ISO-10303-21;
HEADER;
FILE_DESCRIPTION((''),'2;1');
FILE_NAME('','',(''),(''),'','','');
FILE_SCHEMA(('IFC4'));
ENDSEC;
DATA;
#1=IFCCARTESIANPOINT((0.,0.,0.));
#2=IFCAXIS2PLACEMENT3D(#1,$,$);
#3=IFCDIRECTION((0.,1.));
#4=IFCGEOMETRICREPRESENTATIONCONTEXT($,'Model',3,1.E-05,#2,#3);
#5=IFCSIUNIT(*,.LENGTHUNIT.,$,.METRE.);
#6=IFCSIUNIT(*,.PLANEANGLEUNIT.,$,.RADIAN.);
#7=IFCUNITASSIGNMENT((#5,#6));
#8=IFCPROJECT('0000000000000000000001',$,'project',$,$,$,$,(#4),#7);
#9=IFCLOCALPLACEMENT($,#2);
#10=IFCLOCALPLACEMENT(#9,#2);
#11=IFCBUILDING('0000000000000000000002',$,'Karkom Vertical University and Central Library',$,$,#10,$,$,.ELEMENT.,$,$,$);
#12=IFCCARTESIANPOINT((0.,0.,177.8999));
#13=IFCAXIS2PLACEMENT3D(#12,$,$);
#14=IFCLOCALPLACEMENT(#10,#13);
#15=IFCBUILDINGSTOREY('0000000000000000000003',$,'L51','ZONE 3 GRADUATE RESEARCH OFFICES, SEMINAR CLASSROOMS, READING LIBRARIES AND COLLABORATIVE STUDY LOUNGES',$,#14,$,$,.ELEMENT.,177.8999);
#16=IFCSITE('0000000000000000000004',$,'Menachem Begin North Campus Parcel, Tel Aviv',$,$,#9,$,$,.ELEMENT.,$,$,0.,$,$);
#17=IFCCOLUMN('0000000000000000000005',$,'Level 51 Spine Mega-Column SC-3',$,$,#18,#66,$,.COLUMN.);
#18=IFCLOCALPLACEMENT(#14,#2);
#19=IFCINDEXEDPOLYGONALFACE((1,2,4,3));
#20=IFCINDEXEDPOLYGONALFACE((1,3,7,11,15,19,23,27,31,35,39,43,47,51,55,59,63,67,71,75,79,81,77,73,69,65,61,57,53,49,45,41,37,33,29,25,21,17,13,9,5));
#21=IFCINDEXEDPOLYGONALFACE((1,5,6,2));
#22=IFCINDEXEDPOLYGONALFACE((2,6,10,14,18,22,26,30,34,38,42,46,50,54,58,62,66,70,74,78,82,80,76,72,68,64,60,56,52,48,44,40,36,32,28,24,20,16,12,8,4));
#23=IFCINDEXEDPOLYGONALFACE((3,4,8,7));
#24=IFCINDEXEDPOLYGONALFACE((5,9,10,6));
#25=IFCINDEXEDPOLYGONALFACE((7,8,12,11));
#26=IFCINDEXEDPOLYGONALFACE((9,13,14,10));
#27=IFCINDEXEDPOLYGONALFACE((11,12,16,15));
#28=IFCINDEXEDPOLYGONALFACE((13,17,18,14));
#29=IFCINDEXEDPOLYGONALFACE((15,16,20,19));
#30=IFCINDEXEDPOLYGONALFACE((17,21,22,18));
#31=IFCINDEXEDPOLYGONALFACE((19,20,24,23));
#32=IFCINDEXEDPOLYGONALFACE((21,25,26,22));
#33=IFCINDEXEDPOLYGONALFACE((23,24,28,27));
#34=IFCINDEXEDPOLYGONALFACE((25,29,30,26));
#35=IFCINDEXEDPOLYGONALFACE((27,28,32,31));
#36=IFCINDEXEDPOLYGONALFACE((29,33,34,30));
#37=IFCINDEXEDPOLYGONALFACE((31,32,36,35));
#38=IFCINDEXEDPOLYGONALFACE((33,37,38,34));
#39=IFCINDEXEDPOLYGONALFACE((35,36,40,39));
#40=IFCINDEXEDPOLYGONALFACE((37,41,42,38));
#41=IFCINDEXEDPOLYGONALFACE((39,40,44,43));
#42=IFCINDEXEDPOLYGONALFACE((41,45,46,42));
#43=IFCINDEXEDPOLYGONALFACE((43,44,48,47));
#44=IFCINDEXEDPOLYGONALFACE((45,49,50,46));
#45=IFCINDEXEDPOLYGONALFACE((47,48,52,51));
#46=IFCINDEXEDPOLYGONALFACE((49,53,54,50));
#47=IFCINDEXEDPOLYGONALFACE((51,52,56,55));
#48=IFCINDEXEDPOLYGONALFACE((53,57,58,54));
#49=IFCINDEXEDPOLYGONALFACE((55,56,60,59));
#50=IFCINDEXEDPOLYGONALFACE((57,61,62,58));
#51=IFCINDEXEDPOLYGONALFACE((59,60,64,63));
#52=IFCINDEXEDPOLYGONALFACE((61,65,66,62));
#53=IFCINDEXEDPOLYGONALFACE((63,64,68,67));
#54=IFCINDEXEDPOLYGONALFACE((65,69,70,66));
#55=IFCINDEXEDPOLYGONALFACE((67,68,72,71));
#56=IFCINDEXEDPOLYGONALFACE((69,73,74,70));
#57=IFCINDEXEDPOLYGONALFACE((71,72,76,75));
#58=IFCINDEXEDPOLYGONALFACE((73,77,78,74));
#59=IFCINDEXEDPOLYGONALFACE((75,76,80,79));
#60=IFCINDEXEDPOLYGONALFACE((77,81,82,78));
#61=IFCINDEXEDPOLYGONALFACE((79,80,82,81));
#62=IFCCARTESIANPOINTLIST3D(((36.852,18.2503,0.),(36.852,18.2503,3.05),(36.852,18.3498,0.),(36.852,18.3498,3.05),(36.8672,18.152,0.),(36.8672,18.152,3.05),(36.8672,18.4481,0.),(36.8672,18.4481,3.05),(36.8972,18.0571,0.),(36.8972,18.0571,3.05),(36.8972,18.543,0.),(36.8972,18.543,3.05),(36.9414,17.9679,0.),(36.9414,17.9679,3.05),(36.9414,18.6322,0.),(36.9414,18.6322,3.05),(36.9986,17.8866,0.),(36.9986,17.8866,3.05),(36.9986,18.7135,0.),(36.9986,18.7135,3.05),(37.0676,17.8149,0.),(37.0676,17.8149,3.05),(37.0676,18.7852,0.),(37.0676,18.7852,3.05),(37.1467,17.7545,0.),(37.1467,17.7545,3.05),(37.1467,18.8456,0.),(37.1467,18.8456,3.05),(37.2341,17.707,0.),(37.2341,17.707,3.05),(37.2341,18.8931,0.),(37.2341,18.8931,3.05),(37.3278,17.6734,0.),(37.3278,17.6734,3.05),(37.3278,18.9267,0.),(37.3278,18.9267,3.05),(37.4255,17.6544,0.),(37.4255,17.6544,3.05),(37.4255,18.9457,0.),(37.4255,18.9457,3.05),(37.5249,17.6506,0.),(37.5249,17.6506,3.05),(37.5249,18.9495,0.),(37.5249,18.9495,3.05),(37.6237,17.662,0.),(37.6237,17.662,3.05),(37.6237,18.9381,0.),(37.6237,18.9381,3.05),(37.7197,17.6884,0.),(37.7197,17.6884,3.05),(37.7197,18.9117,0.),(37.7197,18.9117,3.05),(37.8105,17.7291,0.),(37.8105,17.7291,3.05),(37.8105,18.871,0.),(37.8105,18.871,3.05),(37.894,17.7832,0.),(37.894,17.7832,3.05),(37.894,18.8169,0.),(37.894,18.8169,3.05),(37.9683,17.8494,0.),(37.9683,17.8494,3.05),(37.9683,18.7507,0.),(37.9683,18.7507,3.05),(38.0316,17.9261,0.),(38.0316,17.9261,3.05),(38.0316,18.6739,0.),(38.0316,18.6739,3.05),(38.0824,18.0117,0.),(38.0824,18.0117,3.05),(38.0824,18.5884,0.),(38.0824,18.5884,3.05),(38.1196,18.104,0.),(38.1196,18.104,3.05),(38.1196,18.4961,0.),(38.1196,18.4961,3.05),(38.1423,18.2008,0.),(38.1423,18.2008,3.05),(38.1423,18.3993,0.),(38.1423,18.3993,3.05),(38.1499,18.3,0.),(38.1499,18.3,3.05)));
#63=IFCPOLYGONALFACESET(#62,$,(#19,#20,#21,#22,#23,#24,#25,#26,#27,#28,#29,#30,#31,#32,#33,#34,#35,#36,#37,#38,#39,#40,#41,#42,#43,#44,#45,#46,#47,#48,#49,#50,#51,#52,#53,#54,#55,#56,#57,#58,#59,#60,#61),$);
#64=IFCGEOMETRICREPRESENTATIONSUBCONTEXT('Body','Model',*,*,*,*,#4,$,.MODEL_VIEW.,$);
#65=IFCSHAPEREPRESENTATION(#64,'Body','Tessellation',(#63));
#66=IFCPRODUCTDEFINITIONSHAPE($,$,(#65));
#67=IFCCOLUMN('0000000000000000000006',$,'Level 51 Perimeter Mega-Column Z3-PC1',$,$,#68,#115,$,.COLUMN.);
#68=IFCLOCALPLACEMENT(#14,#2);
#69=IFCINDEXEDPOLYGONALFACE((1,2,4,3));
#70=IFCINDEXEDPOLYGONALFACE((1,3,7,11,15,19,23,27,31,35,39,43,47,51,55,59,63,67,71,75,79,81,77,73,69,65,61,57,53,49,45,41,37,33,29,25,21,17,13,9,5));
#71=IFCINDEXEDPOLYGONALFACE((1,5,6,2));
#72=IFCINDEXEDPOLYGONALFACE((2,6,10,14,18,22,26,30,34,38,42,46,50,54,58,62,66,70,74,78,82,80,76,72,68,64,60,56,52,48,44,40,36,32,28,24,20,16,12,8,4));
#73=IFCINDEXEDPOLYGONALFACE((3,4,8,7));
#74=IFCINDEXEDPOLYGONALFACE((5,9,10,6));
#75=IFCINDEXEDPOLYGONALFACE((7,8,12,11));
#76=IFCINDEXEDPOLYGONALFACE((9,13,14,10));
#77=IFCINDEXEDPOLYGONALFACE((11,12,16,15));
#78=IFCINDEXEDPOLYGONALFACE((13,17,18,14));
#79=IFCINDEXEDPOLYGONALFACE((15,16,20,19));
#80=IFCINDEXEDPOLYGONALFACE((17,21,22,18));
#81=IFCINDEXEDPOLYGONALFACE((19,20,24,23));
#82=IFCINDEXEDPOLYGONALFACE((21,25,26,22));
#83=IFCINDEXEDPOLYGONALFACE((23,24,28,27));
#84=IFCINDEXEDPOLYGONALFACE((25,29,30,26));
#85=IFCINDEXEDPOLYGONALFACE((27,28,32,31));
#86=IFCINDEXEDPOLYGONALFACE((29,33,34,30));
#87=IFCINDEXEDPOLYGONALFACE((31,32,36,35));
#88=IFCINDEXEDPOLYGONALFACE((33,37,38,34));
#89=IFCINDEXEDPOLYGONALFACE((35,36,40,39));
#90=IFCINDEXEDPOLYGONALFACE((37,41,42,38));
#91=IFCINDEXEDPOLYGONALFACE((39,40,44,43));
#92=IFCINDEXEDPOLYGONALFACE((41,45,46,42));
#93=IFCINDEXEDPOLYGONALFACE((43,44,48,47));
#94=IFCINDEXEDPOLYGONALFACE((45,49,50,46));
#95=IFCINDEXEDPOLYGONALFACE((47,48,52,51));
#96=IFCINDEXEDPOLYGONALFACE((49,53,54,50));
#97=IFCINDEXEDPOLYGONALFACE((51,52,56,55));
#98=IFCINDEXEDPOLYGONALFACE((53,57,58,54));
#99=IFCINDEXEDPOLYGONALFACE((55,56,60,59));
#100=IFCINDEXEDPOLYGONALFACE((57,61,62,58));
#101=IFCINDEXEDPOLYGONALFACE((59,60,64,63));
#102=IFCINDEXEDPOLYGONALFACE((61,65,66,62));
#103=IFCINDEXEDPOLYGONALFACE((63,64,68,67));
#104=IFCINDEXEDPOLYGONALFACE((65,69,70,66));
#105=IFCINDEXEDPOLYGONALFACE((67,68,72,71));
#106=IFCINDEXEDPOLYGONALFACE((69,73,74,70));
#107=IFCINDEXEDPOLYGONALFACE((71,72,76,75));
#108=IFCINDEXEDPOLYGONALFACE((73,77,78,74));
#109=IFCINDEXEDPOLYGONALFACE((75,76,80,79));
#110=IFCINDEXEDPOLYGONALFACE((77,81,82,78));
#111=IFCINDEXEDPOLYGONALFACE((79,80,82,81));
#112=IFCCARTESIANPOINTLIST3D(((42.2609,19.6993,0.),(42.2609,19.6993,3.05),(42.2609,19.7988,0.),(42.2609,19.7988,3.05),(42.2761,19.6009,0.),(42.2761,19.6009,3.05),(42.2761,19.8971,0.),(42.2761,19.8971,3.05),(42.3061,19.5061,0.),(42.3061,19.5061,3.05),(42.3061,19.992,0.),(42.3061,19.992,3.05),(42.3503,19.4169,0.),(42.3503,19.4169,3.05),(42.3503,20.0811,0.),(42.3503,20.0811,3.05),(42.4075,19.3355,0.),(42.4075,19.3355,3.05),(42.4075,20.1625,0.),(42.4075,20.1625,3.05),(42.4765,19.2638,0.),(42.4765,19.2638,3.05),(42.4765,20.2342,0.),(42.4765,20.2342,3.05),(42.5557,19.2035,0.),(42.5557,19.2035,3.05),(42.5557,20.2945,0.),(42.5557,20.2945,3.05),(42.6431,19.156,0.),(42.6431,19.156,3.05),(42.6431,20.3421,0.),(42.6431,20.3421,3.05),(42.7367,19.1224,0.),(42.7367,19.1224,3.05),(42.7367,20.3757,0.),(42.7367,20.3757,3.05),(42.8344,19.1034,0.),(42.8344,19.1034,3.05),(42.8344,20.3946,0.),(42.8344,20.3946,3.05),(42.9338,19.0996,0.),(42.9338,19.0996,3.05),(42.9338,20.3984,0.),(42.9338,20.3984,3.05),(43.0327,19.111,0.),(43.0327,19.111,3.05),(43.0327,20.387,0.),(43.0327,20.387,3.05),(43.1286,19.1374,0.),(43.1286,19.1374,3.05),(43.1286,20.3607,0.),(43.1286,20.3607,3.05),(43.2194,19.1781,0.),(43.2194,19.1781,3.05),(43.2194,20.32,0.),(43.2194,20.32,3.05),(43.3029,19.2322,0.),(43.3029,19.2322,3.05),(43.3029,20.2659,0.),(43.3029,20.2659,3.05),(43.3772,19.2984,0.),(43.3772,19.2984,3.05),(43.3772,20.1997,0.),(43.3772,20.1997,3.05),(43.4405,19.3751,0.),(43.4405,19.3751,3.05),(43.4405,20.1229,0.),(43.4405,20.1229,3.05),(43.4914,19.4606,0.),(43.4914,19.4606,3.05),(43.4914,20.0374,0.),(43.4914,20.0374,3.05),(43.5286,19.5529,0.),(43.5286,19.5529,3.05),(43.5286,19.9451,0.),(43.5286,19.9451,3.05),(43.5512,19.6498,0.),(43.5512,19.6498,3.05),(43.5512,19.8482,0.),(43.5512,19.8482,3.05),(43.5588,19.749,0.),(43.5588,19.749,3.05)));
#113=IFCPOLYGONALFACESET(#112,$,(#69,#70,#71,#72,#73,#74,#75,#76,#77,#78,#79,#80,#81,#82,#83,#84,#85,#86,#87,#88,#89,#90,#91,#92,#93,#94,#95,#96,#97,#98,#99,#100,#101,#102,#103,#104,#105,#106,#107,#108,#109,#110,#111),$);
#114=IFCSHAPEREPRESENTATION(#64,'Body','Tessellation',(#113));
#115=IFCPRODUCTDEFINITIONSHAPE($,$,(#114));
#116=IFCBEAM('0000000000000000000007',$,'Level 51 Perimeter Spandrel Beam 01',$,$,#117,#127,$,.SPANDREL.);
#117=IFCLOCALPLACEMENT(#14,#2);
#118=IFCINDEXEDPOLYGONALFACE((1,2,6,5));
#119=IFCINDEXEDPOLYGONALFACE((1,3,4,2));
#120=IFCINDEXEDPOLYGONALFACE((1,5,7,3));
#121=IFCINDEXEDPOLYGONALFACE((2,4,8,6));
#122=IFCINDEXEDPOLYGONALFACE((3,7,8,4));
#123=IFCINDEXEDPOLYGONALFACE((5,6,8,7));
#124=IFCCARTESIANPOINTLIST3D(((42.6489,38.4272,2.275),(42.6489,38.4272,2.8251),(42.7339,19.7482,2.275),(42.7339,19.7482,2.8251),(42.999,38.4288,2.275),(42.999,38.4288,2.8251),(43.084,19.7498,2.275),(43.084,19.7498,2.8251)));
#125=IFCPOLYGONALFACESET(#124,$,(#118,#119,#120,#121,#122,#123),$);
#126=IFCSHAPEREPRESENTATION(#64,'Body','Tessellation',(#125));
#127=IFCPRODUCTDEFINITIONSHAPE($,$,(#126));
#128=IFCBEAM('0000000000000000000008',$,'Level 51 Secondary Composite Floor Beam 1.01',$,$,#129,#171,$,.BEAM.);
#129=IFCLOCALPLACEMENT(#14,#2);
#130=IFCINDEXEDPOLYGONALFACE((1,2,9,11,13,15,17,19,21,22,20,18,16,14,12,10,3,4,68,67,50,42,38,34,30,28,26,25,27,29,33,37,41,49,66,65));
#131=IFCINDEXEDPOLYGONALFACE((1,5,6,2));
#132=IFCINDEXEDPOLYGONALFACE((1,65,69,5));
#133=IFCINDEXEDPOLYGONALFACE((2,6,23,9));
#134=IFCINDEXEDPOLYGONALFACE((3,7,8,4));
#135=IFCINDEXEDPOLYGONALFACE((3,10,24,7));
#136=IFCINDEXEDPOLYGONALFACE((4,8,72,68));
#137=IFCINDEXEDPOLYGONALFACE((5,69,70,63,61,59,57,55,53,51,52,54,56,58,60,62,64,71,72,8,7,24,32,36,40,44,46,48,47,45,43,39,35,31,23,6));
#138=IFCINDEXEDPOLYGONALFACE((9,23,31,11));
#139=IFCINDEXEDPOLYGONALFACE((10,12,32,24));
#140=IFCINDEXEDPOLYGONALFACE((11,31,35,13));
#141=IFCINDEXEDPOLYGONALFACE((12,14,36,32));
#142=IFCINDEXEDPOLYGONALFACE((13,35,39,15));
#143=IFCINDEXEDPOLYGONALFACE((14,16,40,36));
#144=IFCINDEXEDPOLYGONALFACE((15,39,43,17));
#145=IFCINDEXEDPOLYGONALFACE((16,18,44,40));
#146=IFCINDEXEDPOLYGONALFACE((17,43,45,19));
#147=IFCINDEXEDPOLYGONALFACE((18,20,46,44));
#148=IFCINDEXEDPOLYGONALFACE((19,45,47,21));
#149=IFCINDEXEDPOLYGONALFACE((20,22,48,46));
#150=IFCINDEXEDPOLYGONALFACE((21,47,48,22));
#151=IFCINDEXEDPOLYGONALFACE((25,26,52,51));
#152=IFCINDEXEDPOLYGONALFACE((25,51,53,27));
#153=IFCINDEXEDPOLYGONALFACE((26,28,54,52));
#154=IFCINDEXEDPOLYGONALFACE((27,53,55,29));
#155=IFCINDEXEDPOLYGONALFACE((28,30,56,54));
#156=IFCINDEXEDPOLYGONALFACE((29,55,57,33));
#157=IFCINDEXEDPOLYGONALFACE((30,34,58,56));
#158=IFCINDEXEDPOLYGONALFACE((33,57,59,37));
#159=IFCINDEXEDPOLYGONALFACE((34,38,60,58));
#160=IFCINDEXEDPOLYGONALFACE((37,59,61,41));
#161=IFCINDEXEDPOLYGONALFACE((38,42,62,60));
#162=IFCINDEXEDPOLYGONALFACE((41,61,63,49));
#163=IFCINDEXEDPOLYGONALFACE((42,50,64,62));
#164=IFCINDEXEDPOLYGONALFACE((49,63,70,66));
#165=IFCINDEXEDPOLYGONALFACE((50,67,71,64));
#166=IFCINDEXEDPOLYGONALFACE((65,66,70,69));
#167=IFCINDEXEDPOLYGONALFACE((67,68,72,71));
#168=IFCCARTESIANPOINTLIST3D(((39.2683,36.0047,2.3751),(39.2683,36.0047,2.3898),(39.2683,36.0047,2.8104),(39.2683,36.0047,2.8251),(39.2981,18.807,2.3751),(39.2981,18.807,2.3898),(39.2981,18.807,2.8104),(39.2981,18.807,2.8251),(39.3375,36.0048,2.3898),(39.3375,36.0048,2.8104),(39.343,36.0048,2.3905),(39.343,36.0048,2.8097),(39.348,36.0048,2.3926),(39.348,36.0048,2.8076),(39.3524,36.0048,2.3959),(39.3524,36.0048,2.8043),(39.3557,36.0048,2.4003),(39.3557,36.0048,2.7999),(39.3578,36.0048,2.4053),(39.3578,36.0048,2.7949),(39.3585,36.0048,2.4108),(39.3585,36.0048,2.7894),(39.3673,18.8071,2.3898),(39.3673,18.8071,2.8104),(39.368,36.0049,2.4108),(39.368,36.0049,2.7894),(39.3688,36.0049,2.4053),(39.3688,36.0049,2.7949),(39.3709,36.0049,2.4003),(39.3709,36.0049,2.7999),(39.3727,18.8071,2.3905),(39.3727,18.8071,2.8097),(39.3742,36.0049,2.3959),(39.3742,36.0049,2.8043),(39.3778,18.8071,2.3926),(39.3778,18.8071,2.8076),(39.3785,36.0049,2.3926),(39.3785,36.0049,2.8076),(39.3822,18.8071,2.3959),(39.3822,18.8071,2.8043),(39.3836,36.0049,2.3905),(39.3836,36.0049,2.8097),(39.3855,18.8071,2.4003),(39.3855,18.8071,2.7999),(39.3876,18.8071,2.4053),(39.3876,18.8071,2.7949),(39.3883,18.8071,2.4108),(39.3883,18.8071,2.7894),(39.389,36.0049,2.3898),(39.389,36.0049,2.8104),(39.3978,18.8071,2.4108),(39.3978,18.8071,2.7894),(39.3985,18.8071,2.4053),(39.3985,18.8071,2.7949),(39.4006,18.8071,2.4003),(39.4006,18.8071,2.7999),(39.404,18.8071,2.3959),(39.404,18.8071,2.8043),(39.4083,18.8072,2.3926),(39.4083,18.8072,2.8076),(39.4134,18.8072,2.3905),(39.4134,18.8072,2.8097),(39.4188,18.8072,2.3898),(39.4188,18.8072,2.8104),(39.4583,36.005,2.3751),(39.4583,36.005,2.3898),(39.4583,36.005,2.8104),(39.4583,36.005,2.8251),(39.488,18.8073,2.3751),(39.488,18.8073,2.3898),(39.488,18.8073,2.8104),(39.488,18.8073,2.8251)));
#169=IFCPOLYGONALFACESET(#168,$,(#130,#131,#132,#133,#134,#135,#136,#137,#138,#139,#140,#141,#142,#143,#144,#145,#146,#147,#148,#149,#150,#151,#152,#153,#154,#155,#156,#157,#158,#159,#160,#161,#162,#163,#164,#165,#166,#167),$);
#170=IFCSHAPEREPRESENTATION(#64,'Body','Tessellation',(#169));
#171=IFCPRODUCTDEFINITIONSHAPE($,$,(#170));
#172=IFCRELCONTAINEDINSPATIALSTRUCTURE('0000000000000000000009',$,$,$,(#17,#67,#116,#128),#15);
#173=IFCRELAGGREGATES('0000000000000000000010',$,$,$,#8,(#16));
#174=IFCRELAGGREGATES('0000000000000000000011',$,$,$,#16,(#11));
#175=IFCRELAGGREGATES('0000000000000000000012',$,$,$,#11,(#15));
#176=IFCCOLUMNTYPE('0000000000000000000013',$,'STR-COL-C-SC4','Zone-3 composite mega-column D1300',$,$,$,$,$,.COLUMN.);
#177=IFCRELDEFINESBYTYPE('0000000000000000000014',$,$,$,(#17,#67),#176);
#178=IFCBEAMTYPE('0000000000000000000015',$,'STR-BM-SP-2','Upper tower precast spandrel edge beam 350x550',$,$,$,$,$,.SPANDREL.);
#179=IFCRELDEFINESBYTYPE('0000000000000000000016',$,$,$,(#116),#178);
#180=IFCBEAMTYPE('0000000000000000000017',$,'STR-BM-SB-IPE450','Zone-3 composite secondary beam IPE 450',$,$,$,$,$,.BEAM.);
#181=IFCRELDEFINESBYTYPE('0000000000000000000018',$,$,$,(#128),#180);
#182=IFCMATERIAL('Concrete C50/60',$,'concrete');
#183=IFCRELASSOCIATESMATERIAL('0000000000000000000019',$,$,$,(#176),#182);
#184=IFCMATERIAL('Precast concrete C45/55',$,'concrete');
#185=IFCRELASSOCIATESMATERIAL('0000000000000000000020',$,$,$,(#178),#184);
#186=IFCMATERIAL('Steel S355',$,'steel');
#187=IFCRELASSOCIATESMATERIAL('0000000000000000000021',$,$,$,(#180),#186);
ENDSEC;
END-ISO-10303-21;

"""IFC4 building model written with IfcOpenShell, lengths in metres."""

from ifc_helpers import new_model, si_unit, direction, frame, origin, origin_with_axes, origin_2d, place, context, subcontext, project, spatial, rectangle, circle, i_section, extrude, source, transform, mapped, material, material_profile, profile_set, type_object, element, save


model = new_model("IFC4")

# Units and contexts
model_context = context("Model", 3, precision=1e-05, world=origin(), true_north=direction((0.0, 1.0)))
body_context = subcontext(model_context, "Body", "Model", "MODEL_VIEW")
ifc_project = project(units=[si_unit("LENGTHUNIT", "METRE"), si_unit("PLANEANGLEUNIT", "RADIAN")], contexts=[model_context])

# Site, building, storey
site_placement = place(None, origin())
site = spatial("IfcSite", under=ifc_project, at=site_placement, Name="Menachem Begin North Campus Parcel, Tel Aviv", CompositionType="ELEMENT", RefElevation=0.0)
building_placement = place(site_placement, origin())
building = spatial("IfcBuilding", under=site, at=building_placement, Name="Karkom Vertical University and Central Library", CompositionType="ELEMENT")
storey_placement = place(building_placement, frame((0.0, 0.0, 177.8999)))
storey = spatial("IfcBuildingStorey", under=building, at=storey_placement, Name="L51", Description="ZONE 3 GRADUATE RESEARCH OFFICES, SEMINAR CLASSROOMS, READING LIBRARIES AND COLLABORATIVE STUDY LOUNGES", CompositionType="ELEMENT", Elevation=177.8999)

# Columns
ifc_material_1 = material(Name="Concrete C50/60", Category="concrete")
ifc_material_profile_1 = material_profile(ifc_material_1, circle(Radius=0.6499, at=origin_2d()), Name="CFT-D1300")
ifc_profile_set_1 = profile_set([ifc_material_profile_1], Name="Concrete C50/60")
column_type = type_object("IfcColumnType", Name="STR-COL-C-SC4", Description="Zone-3 composite mega-column D1300", PredefinedType="COLUMN", material=ifc_profile_set_1)
shared_shape_1 = source(origin_with_axes(), body_context, "Body", "SweptSolid", [
    extrude(circle(Radius=0.6499, at=origin_2d()), origin(), (0.0, 0.0, 1.0), 3.05),
])
for number, where, z_axis, x_axis, name in (
    (1, (37.5, 18.3, 0.0), (0.0, 0.0, 1.0), (1.0, 0.0, 0.0), "Level 51 Spine Mega-Column SC-3"),
    (2, (42.9089, 19.749, 0.0), (0.0, 0.0, 1.0), (1.0, 0.0, 0.0), "Level 51 Perimeter Mega-Column Z3-PC1"),
):
    element("IfcColumn", number, at=place(storey_placement, frame(where, z_axis=z_axis, x_axis=x_axis)), inside=storey, type_object=column_type, Name=name, PredefinedType="COLUMN", context=body_context, shape_type="MappedRepresentation", body=[
        mapped(shared_shape_1, transform((0.0, 0.0, 0.0), scale=1.0)),
    ])

# Beams
ifc_material_2 = material(Name="Precast concrete C45/55", Category="concrete")
ifc_material_profile_2 = material_profile(ifc_material_2, rectangle(XDim=0.3501, YDim=0.55, at=origin_2d()), Name="SPB-350x550")
ifc_profile_set_2 = profile_set([ifc_material_profile_2], Name="Precast concrete C45/55")
beam_type_1 = type_object("IfcBeamType", Name="STR-BM-SP-2", Description="Upper tower precast spandrel edge beam 350x550", PredefinedType="SPANDREL", material=ifc_profile_set_2)
shared_shape_2 = source(origin_with_axes(), body_context, "Body", "SweptSolid", [
    extrude(rectangle(XDim=0.3501, YDim=0.55, at=origin_2d()), origin(), (0.0, 0.0, 1.0), 18.6792),
])
beam_1_placement = place(storey_placement, frame((42.9089, 19.749, 2.55), z_axis=(-0.004548, 0.99999, 0.0), x_axis=(-0.99999, -0.004548, 0.0)))
element("IfcBeam", 3, at=beam_1_placement, inside=storey, type_object=beam_type_1, Name="Level 51 Perimeter Spandrel Beam 01", PredefinedType="SPANDREL", context=body_context, shape_type="MappedRepresentation", body=[
    mapped(shared_shape_2, transform((0.0, 0.0, 0.0), scale=1.0)),
])
ifc_material_3 = material(Name="Steel S355", Category="steel")
ifc_material_profile_3 = material_profile(ifc_material_3, i_section(OverallWidth=0.1899, OverallDepth=0.45, WebThickness=0.0095, FlangeThickness=0.0146, FilletRadius=0.021, at=origin_2d()), Name="IPE 450")
ifc_profile_set_3 = profile_set([ifc_material_profile_3], Name="Steel S355")
beam_type_2 = type_object("IfcBeamType", Name="STR-BM-SB-IPE450", Description="Zone-3 composite secondary beam IPE 450", PredefinedType="BEAM", material=ifc_profile_set_3)
shared_shape_3 = source(origin_with_axes(), body_context, "Body", "SweptSolid", [
    extrude(i_section(OverallWidth=0.1899, OverallDepth=0.45, WebThickness=0.0095, FlangeThickness=0.0146, FilletRadius=0.021, at=origin_2d()), origin(), (0.0, 0.0, 1.0), 17.1978),
])
beam_2_placement = place(storey_placement, frame((39.3931, 18.8071, 2.6001), z_axis=(-0.001732, 0.999999, 0.0), x_axis=(-0.999999, -0.001732, 0.0)))
element("IfcBeam", 4, at=beam_2_placement, inside=storey, type_object=beam_type_2, Name="Level 51 Secondary Composite Floor Beam 1.01", PredefinedType="BEAM", context=body_context, shape_type="MappedRepresentation", body=[
    mapped(shared_shape_3, transform((0.0, 0.0, 0.0), scale=1.0)),
])

save(model, "model.ifc")
